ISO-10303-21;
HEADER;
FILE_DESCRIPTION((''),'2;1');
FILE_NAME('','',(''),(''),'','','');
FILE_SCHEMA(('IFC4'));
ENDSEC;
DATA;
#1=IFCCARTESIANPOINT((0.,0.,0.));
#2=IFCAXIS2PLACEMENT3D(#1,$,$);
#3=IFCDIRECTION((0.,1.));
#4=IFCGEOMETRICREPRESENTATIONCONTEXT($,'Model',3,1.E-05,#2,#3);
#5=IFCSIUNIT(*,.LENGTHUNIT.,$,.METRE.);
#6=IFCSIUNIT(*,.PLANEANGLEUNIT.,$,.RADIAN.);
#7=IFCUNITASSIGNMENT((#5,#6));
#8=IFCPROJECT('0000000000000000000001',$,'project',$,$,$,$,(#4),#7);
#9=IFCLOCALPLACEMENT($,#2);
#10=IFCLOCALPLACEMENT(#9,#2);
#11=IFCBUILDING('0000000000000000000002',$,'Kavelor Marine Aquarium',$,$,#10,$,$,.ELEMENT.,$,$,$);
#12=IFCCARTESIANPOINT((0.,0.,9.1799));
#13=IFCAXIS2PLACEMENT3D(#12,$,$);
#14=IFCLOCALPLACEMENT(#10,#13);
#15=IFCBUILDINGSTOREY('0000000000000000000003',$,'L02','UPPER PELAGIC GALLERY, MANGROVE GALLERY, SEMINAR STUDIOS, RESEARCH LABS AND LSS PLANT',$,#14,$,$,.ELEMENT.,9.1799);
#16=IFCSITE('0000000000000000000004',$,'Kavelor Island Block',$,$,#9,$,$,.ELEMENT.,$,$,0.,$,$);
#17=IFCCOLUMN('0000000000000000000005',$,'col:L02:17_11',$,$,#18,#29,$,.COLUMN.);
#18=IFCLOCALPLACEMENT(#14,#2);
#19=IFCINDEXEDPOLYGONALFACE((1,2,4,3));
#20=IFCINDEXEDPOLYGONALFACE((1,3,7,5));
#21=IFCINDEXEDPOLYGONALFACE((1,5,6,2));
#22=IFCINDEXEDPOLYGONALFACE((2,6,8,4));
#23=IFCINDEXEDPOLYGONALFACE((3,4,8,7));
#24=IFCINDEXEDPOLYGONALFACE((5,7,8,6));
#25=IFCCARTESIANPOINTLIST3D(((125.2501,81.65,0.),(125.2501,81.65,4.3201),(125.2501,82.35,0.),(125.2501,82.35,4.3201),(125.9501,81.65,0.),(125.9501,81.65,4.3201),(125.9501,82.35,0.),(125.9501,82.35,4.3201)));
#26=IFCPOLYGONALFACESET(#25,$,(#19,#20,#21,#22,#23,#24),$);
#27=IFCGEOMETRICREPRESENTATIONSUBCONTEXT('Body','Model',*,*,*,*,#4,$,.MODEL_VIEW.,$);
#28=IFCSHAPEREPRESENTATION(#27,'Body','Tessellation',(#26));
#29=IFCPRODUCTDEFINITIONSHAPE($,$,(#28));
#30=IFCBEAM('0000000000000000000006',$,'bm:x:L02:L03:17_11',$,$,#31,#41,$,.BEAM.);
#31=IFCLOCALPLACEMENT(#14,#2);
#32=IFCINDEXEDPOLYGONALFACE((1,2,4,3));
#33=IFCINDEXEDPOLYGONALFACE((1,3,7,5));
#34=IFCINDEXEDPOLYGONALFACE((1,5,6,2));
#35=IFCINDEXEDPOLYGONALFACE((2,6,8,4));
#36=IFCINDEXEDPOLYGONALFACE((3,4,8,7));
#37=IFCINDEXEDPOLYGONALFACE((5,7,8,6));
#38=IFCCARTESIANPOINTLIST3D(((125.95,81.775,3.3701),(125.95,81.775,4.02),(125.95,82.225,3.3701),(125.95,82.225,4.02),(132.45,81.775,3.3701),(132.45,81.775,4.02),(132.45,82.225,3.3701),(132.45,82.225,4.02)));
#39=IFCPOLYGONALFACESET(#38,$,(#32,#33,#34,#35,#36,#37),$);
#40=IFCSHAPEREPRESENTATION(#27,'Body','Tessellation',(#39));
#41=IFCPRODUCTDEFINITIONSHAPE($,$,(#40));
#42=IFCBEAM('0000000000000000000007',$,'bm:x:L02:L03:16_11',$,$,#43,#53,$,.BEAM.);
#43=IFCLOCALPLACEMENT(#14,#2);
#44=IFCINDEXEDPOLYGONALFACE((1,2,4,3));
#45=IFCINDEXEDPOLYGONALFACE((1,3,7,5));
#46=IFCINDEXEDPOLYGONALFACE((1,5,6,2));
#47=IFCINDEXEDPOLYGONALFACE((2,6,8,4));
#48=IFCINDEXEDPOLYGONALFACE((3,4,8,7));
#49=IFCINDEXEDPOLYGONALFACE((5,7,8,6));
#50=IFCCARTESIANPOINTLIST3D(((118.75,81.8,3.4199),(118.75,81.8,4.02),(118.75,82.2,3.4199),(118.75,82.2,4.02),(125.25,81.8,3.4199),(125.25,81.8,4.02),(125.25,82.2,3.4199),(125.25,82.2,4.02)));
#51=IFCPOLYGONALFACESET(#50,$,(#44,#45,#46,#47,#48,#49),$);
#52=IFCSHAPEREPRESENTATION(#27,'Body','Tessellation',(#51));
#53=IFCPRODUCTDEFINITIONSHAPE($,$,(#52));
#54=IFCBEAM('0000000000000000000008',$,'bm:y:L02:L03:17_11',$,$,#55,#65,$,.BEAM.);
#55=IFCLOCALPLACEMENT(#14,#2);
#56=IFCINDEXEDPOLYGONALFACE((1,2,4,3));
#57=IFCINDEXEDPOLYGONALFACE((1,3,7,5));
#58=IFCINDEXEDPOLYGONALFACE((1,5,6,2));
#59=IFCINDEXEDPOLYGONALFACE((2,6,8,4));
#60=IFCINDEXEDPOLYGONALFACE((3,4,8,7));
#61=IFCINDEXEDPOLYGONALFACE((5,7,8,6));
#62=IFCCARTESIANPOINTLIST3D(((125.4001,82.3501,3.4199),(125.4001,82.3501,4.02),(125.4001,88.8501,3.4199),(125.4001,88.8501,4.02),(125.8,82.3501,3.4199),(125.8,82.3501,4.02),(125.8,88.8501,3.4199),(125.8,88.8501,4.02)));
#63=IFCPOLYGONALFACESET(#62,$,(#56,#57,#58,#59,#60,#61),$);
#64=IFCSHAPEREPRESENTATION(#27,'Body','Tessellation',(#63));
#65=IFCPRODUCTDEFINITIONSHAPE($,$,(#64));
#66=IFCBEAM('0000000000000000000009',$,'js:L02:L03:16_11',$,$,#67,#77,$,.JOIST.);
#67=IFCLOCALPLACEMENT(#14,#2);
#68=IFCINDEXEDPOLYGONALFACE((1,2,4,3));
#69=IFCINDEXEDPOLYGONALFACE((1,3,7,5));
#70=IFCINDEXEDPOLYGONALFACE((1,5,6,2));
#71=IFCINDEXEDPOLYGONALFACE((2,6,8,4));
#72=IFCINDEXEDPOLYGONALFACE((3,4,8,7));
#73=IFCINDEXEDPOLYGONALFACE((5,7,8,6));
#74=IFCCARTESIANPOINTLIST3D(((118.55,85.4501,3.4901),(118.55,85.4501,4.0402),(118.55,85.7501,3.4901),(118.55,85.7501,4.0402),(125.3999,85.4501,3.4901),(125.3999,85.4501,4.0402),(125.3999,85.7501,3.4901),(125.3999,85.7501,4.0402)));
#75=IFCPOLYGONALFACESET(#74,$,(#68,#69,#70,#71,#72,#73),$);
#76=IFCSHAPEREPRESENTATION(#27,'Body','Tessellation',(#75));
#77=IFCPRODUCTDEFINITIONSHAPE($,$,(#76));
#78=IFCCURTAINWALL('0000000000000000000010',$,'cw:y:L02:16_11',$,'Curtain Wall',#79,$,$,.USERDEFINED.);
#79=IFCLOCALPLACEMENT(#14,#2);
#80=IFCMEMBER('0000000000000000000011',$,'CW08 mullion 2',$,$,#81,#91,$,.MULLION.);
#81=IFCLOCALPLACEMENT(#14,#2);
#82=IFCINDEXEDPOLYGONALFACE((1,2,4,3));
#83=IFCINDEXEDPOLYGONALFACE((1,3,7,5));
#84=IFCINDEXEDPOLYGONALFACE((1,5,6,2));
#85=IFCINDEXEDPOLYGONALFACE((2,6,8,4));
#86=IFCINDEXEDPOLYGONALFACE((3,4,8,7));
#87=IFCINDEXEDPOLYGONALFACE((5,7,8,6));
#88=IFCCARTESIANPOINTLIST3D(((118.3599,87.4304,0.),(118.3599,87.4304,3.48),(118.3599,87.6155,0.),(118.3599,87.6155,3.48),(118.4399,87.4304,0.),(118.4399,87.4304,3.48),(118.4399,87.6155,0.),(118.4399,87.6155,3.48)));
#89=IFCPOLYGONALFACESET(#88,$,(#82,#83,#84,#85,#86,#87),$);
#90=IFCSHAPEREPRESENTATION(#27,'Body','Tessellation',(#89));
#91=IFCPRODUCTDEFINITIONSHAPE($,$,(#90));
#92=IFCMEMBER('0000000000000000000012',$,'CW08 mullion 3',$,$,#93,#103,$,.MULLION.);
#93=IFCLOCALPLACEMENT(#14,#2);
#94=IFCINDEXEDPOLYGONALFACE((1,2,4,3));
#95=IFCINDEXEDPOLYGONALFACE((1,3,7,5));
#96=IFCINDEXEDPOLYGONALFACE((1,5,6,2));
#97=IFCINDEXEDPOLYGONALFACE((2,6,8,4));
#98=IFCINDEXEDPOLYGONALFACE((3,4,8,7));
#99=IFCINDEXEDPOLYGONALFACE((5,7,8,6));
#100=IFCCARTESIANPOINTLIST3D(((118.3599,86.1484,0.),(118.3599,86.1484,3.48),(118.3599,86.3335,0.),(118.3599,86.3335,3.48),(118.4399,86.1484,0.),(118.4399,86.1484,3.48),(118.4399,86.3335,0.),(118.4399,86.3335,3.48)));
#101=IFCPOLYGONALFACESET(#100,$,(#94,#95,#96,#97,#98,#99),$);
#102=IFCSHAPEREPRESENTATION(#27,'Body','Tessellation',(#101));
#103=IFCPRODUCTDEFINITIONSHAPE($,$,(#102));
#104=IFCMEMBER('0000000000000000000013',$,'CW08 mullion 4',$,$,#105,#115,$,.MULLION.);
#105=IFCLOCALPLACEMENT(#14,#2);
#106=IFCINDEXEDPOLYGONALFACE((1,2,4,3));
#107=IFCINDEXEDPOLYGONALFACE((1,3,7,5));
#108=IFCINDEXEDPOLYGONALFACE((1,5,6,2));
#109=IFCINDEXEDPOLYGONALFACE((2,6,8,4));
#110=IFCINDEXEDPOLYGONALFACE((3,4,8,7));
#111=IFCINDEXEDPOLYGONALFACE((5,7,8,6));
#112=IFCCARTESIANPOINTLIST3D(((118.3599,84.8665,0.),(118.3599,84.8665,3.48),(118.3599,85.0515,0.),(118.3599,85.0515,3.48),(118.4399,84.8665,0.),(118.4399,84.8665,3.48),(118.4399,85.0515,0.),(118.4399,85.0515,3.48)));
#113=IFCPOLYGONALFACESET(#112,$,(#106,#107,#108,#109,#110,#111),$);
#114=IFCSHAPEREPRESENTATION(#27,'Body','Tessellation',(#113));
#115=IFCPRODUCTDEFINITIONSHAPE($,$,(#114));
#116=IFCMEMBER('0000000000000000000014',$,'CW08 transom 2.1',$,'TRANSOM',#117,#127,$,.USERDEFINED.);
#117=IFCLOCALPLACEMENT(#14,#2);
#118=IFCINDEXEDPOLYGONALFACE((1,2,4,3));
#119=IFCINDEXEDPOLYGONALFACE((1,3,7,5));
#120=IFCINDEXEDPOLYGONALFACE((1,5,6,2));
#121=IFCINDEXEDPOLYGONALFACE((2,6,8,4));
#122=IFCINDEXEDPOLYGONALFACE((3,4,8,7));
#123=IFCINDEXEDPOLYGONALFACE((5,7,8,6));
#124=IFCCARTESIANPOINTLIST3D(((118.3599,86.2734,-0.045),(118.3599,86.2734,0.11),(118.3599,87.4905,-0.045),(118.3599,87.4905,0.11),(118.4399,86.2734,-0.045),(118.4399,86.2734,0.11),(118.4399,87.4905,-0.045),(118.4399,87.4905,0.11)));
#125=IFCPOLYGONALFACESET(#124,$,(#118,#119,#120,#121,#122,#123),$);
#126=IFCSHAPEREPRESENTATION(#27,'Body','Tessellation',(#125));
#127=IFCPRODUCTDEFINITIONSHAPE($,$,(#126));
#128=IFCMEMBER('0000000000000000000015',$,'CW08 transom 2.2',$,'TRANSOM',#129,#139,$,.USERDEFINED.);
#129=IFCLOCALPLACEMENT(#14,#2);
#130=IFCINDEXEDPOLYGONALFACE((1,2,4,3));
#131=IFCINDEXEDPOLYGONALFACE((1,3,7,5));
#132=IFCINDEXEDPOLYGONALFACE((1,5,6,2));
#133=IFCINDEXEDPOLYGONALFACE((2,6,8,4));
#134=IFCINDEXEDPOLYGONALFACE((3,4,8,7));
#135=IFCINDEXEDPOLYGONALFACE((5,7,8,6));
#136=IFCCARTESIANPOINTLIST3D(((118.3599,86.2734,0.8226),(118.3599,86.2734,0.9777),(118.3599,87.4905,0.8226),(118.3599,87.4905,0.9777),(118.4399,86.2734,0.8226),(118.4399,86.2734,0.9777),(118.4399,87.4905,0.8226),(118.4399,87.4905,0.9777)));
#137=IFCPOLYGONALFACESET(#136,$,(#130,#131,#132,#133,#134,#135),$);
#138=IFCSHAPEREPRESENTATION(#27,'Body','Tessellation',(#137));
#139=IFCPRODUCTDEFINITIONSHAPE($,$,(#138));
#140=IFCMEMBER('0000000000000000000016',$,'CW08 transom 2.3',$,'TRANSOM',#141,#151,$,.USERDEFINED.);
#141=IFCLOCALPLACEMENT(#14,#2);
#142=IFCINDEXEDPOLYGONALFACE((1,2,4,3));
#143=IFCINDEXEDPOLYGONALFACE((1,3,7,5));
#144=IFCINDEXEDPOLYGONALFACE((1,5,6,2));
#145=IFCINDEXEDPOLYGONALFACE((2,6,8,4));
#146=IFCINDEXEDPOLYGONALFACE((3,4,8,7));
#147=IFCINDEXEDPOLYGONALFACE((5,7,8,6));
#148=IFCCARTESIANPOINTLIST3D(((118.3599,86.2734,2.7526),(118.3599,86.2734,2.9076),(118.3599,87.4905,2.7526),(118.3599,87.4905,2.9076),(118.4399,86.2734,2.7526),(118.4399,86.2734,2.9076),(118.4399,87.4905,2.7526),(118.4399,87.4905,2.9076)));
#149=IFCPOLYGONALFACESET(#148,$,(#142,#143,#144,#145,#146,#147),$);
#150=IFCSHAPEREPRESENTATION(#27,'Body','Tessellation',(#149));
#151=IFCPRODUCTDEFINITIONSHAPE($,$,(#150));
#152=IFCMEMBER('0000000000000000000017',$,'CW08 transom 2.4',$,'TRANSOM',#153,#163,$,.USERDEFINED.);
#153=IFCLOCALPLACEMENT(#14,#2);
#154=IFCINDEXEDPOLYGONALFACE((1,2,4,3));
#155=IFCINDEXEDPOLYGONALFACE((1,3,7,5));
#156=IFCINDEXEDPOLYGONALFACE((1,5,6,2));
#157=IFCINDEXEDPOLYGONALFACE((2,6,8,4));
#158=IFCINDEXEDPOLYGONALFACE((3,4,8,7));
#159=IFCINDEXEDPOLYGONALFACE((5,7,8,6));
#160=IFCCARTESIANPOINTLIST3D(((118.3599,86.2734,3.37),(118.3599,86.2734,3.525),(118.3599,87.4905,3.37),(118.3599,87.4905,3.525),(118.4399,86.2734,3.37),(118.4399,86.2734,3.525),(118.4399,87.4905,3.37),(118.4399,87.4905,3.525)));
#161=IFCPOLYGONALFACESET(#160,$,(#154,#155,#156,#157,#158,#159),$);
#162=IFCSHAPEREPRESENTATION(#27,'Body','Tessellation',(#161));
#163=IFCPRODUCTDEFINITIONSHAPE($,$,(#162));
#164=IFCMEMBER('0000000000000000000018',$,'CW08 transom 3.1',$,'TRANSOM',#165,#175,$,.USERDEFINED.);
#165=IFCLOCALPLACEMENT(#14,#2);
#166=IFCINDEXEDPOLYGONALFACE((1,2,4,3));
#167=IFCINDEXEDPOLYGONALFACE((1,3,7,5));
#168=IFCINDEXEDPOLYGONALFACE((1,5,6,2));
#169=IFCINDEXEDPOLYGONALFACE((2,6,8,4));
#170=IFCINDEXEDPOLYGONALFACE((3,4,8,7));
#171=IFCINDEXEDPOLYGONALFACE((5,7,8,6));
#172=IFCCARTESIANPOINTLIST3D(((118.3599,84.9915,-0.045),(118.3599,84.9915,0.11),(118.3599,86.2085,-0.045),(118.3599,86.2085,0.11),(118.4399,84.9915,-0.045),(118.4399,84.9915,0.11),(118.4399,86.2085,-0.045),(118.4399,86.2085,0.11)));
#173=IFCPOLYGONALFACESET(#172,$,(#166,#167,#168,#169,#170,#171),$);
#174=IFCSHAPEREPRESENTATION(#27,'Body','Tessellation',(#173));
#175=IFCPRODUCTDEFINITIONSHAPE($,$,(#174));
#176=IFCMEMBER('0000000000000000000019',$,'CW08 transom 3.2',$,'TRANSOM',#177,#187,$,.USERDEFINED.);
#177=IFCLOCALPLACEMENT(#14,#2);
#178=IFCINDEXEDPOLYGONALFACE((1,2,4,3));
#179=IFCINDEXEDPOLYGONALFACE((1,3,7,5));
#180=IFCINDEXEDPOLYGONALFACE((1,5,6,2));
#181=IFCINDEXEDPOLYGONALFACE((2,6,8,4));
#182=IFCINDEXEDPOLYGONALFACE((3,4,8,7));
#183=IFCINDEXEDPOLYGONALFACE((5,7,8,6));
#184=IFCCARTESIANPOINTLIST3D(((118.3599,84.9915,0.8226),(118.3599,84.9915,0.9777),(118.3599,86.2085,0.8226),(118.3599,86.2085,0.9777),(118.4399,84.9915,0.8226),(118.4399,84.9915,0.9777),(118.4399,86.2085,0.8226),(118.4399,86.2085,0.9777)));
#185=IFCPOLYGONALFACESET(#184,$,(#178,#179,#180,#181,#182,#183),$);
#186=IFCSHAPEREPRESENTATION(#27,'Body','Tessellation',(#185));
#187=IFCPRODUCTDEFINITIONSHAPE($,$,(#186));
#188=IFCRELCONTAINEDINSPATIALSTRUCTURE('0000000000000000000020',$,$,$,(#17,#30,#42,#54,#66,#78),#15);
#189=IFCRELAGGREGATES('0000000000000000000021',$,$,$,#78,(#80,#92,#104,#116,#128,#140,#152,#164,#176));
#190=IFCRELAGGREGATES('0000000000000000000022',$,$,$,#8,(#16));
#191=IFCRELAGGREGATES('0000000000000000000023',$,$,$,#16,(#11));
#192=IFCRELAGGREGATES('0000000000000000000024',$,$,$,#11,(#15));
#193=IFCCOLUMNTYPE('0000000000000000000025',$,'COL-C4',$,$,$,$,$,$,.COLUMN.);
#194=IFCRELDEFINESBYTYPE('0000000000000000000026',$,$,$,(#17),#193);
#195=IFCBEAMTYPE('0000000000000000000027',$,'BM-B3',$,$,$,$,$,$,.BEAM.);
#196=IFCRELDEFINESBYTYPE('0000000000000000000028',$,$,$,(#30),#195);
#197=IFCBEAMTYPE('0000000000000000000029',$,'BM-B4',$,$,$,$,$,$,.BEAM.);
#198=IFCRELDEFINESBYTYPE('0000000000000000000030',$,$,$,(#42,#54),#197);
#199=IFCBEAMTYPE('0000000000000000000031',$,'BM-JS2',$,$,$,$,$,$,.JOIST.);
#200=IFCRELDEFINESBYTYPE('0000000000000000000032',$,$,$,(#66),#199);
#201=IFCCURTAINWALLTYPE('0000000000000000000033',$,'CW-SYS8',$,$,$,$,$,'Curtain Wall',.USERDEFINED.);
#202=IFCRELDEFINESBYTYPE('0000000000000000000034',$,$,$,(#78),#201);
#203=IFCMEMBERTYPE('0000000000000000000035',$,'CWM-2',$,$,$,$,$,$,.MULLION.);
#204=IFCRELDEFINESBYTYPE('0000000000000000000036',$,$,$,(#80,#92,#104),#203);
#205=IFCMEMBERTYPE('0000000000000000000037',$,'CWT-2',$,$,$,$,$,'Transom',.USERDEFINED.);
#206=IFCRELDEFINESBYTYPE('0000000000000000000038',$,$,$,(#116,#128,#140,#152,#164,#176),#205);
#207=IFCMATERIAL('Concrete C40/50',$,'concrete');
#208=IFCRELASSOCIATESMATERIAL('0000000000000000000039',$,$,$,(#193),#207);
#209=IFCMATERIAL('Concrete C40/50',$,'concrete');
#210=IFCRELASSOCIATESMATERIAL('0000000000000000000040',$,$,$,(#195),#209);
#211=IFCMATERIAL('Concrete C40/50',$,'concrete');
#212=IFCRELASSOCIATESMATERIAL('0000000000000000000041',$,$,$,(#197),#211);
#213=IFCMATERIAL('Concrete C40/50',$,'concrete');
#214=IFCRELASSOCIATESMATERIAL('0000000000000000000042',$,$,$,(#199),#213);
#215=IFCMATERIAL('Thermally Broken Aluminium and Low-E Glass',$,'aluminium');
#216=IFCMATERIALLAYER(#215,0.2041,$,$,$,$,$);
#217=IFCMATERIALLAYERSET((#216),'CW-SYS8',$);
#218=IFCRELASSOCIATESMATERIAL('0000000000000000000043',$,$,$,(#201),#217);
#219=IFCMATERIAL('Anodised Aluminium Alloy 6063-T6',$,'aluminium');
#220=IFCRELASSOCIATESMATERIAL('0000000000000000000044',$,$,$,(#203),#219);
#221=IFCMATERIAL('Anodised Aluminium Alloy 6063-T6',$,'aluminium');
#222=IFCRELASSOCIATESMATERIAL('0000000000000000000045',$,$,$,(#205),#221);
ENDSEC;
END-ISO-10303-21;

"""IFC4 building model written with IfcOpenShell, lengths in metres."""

from ifc_helpers import new_model, si_unit, direction, frame, origin, origin_2d, place, context, subcontext, project, spatial, rectangle, extrude, material, layer, layer_set, material_profile, profile_set, type_object, element, aggregate, save


model = new_model("IFC4")

# Units and contexts
model_context = context("Model", 3, precision=1e-05, world=origin(), true_north=direction((0.0, 1.0)))
body_context = subcontext(model_context, "Body", "Model", "MODEL_VIEW")
ifc_project = project(units=[si_unit("LENGTHUNIT", "METRE"), si_unit("PLANEANGLEUNIT", "RADIAN")], contexts=[model_context])

# Site, building, storey
site_placement = place(None, origin())
site = spatial("IfcSite", under=ifc_project, at=site_placement, Name="Kavelor Island Block", CompositionType="ELEMENT", RefElevation=0.0)
building_placement = place(site_placement, origin())
building = spatial("IfcBuilding", under=site, at=building_placement, Name="Kavelor Marine Aquarium", CompositionType="ELEMENT")
storey_placement = place(building_placement, frame((0.0, 0.0, 9.1799)))
storey = spatial("IfcBuildingStorey", under=building, at=storey_placement, Name="L02", Description="UPPER PELAGIC GALLERY, MANGROVE GALLERY, SEMINAR STUDIOS, RESEARCH LABS AND LSS PLANT", CompositionType="ELEMENT", Elevation=9.1799)

# Column
ifc_material_1 = material(Name="Concrete C40/50", Category="concrete")
ifc_material_profile_1 = material_profile(ifc_material_1, rectangle(XDim=0.7, YDim=0.7, at=origin_2d()), Name="RC-COL 700x700")
ifc_profile_set_1 = profile_set([ifc_material_profile_1], Name="Concrete C40/50")
column_type = type_object("IfcColumnType", Name="COL-C4", PredefinedType="COLUMN", material=ifc_profile_set_1)
column_placement = place(storey_placement, frame((125.6001, 82.0, 0.0), z_axis=(0.0, 0.0, 1.0), x_axis=(1.0, 0.0, 0.0)))
element("IfcColumn", 1, at=column_placement, inside=storey, type_object=column_type, Name="col:L02:17_11", PredefinedType="COLUMN", context=body_context, shape_type="SweptSolid", body=[
    extrude(rectangle(XDim=0.7, YDim=0.7, at=origin_2d()), origin(), (0.0, 0.0, 1.0), 4.3201),
])

# Beams
ifc_material_2 = material(Name="Concrete C40/50", Category="concrete")
ifc_material_profile_2 = material_profile(ifc_material_2, rectangle(XDim=0.45, YDim=0.6499, at=origin_2d()), Name="RC-BM 450x650")
ifc_profile_set_2 = profile_set([ifc_material_profile_2], Name="Concrete C40/50")
beam_type_1 = type_object("IfcBeamType", Name="BM-B3", PredefinedType="BEAM", material=ifc_profile_set_2)
beam_1_placement = place(storey_placement, frame((125.95, 82.0, 3.6951), z_axis=(1.0, 0.0, 0.0), x_axis=(0.0, 1.0, 0.0)))
element("IfcBeam", 2, at=beam_1_placement, inside=storey, type_object=beam_type_1, Name="bm:x:L02:L03:17_11", PredefinedType="BEAM", context=body_context, shape_type="SweptSolid", body=[
    extrude(rectangle(XDim=0.45, YDim=0.6499, at=origin_2d()), origin(), (0.0, 0.0, 1.0), 6.5),
])
ifc_material_3 = material(Name="Concrete C40/50", Category="concrete")
ifc_material_profile_3 = material_profile(ifc_material_3, rectangle(XDim=0.3999, YDim=0.6001, at=origin_2d()), Name="RC-BM 400x600")
ifc_profile_set_3 = profile_set([ifc_material_profile_3], Name="Concrete C40/50")
beam_type_2 = type_object("IfcBeamType", Name="BM-B4", PredefinedType="BEAM", material=ifc_profile_set_3)
for number, where, z_axis, x_axis, name in (
    (3, (118.75, 82.0, 3.72), (1.0, 0.0, 0.0), (0.0, 1.0, 0.0), "bm:x:L02:L03:16_11"),
    (4, (125.6001, 82.3501, 3.72), (0.0, 1.0, 0.0), (-1.0, 0.0, 0.0), "bm:y:L02:L03:17_11"),
):
    element("IfcBeam", number, at=place(storey_placement, frame(where, z_axis=z_axis, x_axis=x_axis)), inside=storey, type_object=beam_type_2, Name=name, PredefinedType="BEAM", context=body_context, shape_type="SweptSolid", body=[
        extrude(rectangle(XDim=0.3999, YDim=0.6001, at=origin_2d()), origin(), (0.0, 0.0, 1.0), 6.5),
    ])
ifc_material_4 = material(Name="Concrete C40/50", Category="concrete")
ifc_material_profile_4 = material_profile(ifc_material_4, rectangle(XDim=0.3, YDim=0.55, at=origin_2d()), Name="RC-JS 300x550")
ifc_profile_set_4 = profile_set([ifc_material_profile_4], Name="Concrete C40/50")
beam_type_3 = type_object("IfcBeamType", Name="BM-JS2", PredefinedType="JOIST", material=ifc_profile_set_4)
beam_2_placement = place(storey_placement, frame((118.55, 85.6001, 3.7651), z_axis=(1.0, 0.0, 0.0), x_axis=(0.0, 1.0, 0.0)))
element("IfcBeam", 5, at=beam_2_placement, inside=storey, type_object=beam_type_3, Name="js:L02:L03:16_11", PredefinedType="JOIST", context=body_context, shape_type="SweptSolid", body=[
    extrude(rectangle(XDim=0.3, YDim=0.55, at=origin_2d()), origin(), (0.0, 0.0, 1.0), 6.8499),
])

# Curtain wall, members
ifc_material_5 = material(Name="Thermally Broken Aluminium and Low-E Glass", Category="aluminium")
ifc_layer_1 = layer(ifc_material_5, 0.2041)
ifc_layer_set_1 = layer_set([ifc_layer_1], Name="CW-SYS8")
curtain_wall_type = type_object("IfcCurtainWallType", Name="CW-SYS8", ElementType="Curtain Wall", PredefinedType="USERDEFINED", material=ifc_layer_set_1)
curtain_wall_placement = place(storey_placement, origin())
curtain_wall = element("IfcCurtainWall", 6, at=curtain_wall_placement, inside=storey, type_object=curtain_wall_type, Name="cw:y:L02:16_11", ObjectType="Curtain Wall", PredefinedType="USERDEFINED")
ifc_material_6 = material(Name="Anodised Aluminium Alloy 6063-T6", Category="aluminium")
ifc_material_profile_5 = material_profile(ifc_material_6, rectangle(XDim=0.0801, YDim=0.1851, at=origin_2d()), Name="CW-MUL 80x185")
ifc_profile_set_5 = profile_set([ifc_material_profile_5], Name="Anodised Aluminium Alloy 6063-T6")
member_type_1 = type_object("IfcMemberType", Name="CWM-2", PredefinedType="MULLION", material=ifc_profile_set_5)
member_1_placement = place(storey_placement, frame((118.3999, 87.5229, 0.0), z_axis=(0.0, 0.0, 1.0), x_axis=(1.0, 0.0, 0.0)))
member_1 = element("IfcMember", 7, at=member_1_placement, type_object=member_type_1, Name="CW08 mullion 2", PredefinedType="MULLION", context=body_context, shape_type="SweptSolid", body=[
    extrude(rectangle(XDim=0.0801, YDim=0.1851, at=origin_2d()), origin(), (0.0, 0.0, 1.0), 3.48),
])
member_2_placement = place(storey_placement, frame((118.3999, 86.241, 0.0), z_axis=(0.0, 0.0, 1.0), x_axis=(1.0, 0.0, 0.0)))
member_2 = element("IfcMember", 8, at=member_2_placement, type_object=member_type_1, Name="CW08 mullion 3", PredefinedType="MULLION", context=body_context, shape_type="SweptSolid", body=[
    extrude(rectangle(XDim=0.0801, YDim=0.1851, at=origin_2d()), origin(), (0.0, 0.0, 1.0), 3.48),
])
member_3_placement = place(storey_placement, frame((118.3999, 84.959, 0.0), z_axis=(0.0, 0.0, 1.0), x_axis=(1.0, 0.0, 0.0)))
member_3 = element("IfcMember", 9, at=member_3_placement, type_object=member_type_1, Name="CW08 mullion 4", PredefinedType="MULLION", context=body_context, shape_type="SweptSolid", body=[
    extrude(rectangle(XDim=0.0801, YDim=0.1851, at=origin_2d()), origin(), (0.0, 0.0, 1.0), 3.48),
])
ifc_material_7 = material(Name="Anodised Aluminium Alloy 6063-T6", Category="aluminium")
ifc_material_profile_6 = material_profile(ifc_material_7, rectangle(XDim=0.0801, YDim=0.155, at=origin_2d()), Name="CW-TRN 80x155")
ifc_profile_set_6 = profile_set([ifc_material_profile_6], Name="Anodised Aluminium Alloy 6063-T6")
member_type_2 = type_object("IfcMemberType", Name="CWT-2", ElementType="Transom", PredefinedType="USERDEFINED", material=ifc_profile_set_6)
member_4_placement = place(storey_placement, frame((118.3999, 87.4905, 0.0325), z_axis=(0.0, -1.0, 0.0), x_axis=(1.0, 0.0, 0.0)))
member_4 = element("IfcMember", 10, at=member_4_placement, type_object=member_type_2, Name="CW08 transom 2.1", ObjectType="TRANSOM", PredefinedType="USERDEFINED", context=body_context, shape_type="SweptSolid", body=[
    extrude(rectangle(XDim=0.0801, YDim=0.155, at=origin_2d()), origin(), (0.0, 0.0, 1.0), 1.217),
])
member_5_placement = place(storey_placement, frame((118.3999, 87.4905, 0.9001), z_axis=(0.0, -1.0, 0.0), x_axis=(1.0, 0.0, 0.0)))
member_5 = element("IfcMember", 11, at=member_5_placement, type_object=member_type_2, Name="CW08 transom 2.2", ObjectType="TRANSOM", PredefinedType="USERDEFINED", context=body_context, shape_type="SweptSolid", body=[
    extrude(rectangle(XDim=0.0801, YDim=0.155, at=origin_2d()), origin(), (0.0, 0.0, 1.0), 1.217),
])
member_6_placement = place(storey_placement, frame((118.3999, 87.4905, 2.8301), z_axis=(0.0, -1.0, 0.0), x_axis=(1.0, 0.0, 0.0)))
member_6 = element("IfcMember", 12, at=member_6_placement, type_object=member_type_2, Name="CW08 transom 2.3", ObjectType="TRANSOM", PredefinedType="USERDEFINED", context=body_context, shape_type="SweptSolid", body=[
    extrude(rectangle(XDim=0.0801, YDim=0.155, at=origin_2d()), origin(), (0.0, 0.0, 1.0), 1.217),
])
member_7_placement = place(storey_placement, frame((118.3999, 87.4905, 3.4475), z_axis=(0.0, -1.0, 0.0), x_axis=(1.0, 0.0, 0.0)))
member_7 = element("IfcMember", 13, at=member_7_placement, type_object=member_type_2, Name="CW08 transom 2.4", ObjectType="TRANSOM", PredefinedType="USERDEFINED", context=body_context, shape_type="SweptSolid", body=[
    extrude(rectangle(XDim=0.0801, YDim=0.155, at=origin_2d()), origin(), (0.0, 0.0, 1.0), 1.217),
])
member_8_placement = place(storey_placement, frame((118.3999, 86.2085, 0.0325), z_axis=(0.0, -1.0, 0.0), x_axis=(1.0, 0.0, 0.0)))
member_8 = element("IfcMember", 14, at=member_8_placement, type_object=member_type_2, Name="CW08 transom 3.1", ObjectType="TRANSOM", PredefinedType="USERDEFINED", context=body_context, shape_type="SweptSolid", body=[
    extrude(rectangle(XDim=0.0801, YDim=0.155, at=origin_2d()), origin(), (0.0, 0.0, 1.0), 1.217),
])
member_9_placement = place(storey_placement, frame((118.3999, 86.2085, 0.9001), z_axis=(0.0, -1.0, 0.0), x_axis=(1.0, 0.0, 0.0)))
member_9 = element("IfcMember", 15, at=member_9_placement, type_object=member_type_2, Name="CW08 transom 3.2", ObjectType="TRANSOM", PredefinedType="USERDEFINED", context=body_context, shape_type="SweptSolid", body=[
    extrude(rectangle(XDim=0.0801, YDim=0.155, at=origin_2d()), origin(), (0.0, 0.0, 1.0), 1.217),
])

aggregate(curtain_wall, [member_1, member_2, member_3, member_4, member_5, member_6, member_7, member_8, member_9])

save(model, "model.ifc")
